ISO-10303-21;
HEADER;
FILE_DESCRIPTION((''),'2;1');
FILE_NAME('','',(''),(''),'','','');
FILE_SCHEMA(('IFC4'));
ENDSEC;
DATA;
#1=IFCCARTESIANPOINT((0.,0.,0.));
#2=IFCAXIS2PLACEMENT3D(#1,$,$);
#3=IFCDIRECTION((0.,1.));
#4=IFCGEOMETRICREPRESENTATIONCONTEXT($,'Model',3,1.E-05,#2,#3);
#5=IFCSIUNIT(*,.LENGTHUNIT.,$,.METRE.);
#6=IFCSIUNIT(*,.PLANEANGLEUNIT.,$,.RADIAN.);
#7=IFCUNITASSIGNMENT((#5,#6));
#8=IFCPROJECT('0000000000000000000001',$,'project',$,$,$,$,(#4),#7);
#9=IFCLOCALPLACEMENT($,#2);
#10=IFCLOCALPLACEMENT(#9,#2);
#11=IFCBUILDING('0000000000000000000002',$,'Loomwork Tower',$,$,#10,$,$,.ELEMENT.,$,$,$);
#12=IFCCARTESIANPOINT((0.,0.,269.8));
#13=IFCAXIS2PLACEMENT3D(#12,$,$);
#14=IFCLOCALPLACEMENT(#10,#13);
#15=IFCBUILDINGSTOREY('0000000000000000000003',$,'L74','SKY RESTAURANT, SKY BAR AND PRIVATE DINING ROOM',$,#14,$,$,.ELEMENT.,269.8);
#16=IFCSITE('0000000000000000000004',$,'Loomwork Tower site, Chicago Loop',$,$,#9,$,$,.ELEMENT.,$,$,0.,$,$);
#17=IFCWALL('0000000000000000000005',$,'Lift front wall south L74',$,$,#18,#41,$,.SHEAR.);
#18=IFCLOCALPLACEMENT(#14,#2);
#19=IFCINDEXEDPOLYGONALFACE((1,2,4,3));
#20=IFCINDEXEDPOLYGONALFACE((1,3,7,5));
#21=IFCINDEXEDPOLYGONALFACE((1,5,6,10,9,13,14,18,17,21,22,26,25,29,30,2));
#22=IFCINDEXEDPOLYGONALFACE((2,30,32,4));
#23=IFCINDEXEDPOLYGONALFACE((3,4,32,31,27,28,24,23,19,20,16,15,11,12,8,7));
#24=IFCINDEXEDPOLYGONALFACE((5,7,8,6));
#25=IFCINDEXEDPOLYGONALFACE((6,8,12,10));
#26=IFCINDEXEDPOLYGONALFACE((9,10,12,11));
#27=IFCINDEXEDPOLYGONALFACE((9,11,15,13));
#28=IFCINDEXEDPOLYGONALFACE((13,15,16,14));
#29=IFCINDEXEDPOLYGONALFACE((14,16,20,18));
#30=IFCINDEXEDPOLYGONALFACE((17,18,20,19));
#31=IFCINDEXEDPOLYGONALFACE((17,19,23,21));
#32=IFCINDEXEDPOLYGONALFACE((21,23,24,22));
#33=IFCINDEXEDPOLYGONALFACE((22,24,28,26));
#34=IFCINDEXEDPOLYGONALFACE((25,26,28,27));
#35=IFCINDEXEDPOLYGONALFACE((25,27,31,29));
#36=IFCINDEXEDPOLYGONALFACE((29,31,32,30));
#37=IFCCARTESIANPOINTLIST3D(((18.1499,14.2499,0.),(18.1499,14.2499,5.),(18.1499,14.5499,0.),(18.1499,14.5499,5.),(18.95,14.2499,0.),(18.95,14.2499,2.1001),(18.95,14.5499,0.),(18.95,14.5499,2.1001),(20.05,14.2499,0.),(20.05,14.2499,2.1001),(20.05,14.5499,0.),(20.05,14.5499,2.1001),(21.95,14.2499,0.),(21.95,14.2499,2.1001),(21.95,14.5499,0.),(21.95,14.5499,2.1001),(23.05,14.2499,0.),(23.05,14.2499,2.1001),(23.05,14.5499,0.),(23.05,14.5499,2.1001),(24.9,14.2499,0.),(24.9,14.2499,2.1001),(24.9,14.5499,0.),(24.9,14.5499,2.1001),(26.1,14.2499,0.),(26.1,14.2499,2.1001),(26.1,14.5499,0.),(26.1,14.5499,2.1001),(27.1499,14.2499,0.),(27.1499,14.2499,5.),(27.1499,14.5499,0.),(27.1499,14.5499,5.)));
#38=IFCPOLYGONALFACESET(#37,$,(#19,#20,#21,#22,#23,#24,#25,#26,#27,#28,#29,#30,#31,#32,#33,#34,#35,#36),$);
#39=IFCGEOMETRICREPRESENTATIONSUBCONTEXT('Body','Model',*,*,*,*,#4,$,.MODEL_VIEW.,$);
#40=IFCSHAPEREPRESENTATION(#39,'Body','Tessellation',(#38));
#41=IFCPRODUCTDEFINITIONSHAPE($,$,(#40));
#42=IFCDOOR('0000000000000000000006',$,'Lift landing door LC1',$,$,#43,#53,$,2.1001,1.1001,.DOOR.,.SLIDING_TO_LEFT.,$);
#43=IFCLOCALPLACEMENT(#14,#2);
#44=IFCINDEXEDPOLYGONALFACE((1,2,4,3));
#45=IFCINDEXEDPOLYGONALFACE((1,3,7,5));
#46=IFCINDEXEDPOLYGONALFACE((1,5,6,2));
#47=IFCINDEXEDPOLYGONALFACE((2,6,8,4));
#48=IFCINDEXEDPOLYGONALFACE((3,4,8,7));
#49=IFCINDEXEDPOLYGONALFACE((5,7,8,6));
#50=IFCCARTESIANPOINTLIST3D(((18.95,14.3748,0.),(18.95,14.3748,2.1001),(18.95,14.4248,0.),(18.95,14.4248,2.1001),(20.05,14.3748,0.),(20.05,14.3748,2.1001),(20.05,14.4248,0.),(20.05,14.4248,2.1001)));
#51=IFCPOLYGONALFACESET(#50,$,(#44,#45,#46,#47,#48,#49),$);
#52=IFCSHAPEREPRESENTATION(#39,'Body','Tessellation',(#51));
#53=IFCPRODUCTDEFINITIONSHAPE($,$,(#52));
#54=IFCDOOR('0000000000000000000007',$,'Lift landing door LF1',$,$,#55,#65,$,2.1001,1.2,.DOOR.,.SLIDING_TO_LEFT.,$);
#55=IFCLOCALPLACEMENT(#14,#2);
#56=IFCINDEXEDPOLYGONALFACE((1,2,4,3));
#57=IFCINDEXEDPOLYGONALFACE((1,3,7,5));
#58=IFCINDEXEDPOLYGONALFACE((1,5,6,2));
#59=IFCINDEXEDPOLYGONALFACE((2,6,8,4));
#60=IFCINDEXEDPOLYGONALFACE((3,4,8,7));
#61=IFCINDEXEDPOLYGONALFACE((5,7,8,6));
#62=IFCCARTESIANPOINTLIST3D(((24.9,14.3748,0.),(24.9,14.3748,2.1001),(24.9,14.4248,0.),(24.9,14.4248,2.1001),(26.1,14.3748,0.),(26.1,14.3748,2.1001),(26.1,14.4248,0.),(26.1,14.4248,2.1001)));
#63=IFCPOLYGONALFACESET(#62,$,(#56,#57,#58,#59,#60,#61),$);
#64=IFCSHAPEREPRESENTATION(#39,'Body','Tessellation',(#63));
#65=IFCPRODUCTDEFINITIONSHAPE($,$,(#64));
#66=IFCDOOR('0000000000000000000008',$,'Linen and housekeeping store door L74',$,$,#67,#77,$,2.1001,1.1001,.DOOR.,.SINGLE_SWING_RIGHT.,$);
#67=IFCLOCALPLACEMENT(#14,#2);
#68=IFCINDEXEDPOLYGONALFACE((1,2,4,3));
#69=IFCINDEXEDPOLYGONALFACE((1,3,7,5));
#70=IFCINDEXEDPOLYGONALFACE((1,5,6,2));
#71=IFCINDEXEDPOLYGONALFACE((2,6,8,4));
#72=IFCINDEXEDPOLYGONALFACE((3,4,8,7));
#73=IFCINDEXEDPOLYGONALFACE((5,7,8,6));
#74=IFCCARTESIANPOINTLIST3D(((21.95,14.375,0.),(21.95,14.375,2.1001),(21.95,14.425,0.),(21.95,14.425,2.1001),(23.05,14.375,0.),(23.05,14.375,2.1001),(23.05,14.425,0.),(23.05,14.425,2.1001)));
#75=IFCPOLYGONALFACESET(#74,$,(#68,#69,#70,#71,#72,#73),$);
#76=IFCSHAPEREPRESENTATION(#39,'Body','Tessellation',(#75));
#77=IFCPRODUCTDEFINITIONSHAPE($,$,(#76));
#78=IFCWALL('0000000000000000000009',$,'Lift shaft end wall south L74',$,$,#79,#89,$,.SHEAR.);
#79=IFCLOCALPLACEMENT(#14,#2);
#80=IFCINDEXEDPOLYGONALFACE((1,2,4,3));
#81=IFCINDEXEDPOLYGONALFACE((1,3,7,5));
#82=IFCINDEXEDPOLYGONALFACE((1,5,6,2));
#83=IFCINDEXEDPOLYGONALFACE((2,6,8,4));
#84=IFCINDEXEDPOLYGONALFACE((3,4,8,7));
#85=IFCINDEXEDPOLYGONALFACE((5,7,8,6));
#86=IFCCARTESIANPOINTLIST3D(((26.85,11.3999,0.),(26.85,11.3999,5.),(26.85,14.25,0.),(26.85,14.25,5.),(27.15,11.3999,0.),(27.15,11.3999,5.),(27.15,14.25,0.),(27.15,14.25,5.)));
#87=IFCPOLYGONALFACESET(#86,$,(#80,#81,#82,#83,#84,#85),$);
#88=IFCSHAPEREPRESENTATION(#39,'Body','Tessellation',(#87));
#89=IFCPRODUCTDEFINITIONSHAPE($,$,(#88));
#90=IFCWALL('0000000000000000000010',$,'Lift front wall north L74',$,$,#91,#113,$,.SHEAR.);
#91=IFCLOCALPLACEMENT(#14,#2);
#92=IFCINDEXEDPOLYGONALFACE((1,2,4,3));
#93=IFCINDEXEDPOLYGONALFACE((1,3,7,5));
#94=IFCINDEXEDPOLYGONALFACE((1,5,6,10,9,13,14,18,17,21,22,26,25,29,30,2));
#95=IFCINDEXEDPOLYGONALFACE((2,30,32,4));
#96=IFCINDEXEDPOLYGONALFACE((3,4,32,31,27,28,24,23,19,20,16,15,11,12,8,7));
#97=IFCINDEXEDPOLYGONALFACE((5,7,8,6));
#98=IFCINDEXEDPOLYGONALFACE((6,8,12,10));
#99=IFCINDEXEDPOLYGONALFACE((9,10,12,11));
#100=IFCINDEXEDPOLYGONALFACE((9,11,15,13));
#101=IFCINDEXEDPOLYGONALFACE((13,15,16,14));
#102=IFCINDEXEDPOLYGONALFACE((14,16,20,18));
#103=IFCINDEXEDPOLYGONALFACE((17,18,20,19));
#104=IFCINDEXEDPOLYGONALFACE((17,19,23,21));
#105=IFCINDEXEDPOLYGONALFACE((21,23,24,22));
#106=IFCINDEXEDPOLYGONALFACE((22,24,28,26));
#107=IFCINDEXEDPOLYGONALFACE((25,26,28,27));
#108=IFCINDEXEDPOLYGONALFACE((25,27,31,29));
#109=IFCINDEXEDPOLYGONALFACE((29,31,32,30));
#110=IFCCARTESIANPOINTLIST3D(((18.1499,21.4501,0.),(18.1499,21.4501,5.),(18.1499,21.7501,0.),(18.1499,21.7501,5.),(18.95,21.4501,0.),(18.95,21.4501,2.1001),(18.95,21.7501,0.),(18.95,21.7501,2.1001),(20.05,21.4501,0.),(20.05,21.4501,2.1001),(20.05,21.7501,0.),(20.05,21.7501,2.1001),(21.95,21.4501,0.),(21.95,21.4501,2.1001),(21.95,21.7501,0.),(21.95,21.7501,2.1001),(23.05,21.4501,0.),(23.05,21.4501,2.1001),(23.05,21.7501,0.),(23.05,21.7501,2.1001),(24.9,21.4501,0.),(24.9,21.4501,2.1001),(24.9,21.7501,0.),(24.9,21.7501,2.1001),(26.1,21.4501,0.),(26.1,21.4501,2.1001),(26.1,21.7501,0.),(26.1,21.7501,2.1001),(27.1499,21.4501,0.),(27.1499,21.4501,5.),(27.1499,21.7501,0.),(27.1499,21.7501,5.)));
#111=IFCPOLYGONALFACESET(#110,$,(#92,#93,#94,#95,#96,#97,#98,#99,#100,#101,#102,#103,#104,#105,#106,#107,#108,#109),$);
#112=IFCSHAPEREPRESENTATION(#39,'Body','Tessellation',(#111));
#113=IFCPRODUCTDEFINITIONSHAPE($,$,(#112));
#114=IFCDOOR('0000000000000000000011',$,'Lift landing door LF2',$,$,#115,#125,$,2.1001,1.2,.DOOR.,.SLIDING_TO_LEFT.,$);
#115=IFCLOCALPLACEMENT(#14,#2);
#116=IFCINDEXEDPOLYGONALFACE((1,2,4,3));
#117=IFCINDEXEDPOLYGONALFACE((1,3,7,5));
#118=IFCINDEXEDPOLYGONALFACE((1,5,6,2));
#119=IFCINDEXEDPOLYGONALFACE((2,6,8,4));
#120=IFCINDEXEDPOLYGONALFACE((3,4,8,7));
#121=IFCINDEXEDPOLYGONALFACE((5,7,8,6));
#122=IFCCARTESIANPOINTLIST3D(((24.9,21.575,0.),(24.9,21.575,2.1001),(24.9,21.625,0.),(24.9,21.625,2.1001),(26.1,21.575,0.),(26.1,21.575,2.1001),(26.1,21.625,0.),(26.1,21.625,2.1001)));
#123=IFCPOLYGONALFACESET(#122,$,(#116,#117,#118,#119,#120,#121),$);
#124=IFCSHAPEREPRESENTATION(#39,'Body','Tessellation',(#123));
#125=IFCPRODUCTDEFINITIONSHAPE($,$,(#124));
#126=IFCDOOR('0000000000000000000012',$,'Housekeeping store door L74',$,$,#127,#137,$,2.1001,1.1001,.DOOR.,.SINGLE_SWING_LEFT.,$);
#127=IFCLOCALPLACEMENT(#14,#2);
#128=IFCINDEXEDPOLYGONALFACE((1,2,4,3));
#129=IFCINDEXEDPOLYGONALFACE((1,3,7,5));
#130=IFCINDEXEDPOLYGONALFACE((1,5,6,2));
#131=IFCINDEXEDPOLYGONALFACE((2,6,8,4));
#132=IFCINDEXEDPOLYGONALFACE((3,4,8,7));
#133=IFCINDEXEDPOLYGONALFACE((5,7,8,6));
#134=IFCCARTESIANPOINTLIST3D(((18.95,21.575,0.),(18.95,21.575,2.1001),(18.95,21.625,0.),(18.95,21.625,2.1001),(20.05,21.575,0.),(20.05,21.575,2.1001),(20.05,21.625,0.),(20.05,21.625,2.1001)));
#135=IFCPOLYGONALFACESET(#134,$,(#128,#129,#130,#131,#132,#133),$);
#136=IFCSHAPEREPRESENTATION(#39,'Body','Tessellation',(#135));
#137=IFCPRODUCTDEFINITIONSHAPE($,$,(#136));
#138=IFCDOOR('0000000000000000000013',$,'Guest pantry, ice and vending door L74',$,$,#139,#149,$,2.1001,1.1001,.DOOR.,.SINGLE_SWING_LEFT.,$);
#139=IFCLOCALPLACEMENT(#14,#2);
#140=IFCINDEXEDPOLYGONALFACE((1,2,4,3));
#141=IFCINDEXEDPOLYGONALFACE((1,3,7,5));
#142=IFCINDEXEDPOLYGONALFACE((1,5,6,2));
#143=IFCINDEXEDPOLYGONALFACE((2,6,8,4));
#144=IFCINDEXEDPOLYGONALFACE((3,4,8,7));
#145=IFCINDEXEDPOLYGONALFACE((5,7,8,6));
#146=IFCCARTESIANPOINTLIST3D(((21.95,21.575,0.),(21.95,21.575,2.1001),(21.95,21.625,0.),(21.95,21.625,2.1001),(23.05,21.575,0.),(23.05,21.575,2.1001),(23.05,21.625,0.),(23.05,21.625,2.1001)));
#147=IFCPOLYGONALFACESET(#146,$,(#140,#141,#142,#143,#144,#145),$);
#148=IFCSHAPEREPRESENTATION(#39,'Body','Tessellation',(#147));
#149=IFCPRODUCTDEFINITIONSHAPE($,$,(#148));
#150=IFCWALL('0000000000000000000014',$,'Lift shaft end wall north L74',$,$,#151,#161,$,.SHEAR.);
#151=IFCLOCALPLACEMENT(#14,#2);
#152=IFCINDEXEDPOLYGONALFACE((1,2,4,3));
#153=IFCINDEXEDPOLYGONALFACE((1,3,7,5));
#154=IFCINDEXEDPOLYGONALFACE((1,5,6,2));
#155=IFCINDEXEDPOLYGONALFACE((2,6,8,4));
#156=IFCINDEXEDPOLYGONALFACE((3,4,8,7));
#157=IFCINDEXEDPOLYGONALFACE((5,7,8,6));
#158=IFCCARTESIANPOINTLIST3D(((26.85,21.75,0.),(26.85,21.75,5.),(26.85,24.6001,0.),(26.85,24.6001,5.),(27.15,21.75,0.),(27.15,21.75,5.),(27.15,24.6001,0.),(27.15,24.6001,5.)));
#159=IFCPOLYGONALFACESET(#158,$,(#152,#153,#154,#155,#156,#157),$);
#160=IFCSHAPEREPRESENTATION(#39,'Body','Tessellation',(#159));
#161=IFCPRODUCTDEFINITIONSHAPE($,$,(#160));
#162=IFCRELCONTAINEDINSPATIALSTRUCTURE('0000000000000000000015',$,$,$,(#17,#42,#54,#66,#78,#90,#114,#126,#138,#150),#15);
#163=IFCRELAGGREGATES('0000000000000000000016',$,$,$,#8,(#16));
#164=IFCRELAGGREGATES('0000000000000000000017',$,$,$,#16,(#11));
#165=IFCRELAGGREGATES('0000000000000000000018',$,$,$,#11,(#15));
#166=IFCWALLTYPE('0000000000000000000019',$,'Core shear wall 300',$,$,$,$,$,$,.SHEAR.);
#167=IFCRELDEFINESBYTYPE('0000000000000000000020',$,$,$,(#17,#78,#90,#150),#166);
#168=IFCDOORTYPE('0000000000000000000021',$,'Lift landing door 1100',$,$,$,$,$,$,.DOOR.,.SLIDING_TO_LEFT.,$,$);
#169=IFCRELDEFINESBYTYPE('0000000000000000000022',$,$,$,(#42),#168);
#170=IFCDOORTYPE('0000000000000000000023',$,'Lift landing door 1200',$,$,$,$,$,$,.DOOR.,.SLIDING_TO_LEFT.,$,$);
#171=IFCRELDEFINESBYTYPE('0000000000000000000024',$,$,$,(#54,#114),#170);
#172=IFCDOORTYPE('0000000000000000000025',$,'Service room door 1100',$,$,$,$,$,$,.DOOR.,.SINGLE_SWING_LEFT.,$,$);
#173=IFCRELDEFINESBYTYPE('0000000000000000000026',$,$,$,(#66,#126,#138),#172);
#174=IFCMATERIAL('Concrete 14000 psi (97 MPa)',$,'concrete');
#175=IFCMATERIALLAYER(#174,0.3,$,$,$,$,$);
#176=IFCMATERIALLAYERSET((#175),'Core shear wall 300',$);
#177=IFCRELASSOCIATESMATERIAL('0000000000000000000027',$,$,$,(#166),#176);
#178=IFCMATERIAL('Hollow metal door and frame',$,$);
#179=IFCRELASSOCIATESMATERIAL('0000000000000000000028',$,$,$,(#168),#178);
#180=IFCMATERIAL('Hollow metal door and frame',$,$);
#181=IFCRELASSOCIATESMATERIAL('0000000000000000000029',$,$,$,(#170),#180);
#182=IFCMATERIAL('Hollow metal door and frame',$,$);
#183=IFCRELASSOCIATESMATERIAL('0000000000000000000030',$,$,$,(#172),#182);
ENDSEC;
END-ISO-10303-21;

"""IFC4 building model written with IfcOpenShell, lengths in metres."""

from ifc_helpers import new_model, si_unit, direction, frame, frame_2d, origin, place, context, subcontext, project, spatial, rectangle, extrude, material, layer, layer_set, type_object, element, fill, save


model = new_model("IFC4")

# Units and contexts
model_context = context("Model", 3, precision=1e-05, world=origin(), true_north=direction((0.0, 1.0)))
body_context = subcontext(model_context, "Body", "Model", "MODEL_VIEW")
ifc_project = project(units=[si_unit("LENGTHUNIT", "METRE"), si_unit("PLANEANGLEUNIT", "RADIAN")], contexts=[model_context])

# Site, building, storey
site_placement = place(None, origin())
site = spatial("IfcSite", under=ifc_project, at=site_placement, Name="Loomwork Tower site, Chicago Loop", CompositionType="ELEMENT", RefElevation=0.0)
building_placement = place(site_placement, origin())
building = spatial("IfcBuilding", under=site, at=building_placement, Name="Loomwork Tower", CompositionType="ELEMENT")
storey_placement = place(building_placement, frame((0.0, 0.0, 269.8)))
storey = spatial("IfcBuildingStorey", under=building, at=storey_placement, Name="L74", Description="SKY RESTAURANT, SKY BAR AND PRIVATE DINING ROOM", CompositionType="ELEMENT", Elevation=269.8)

# Wall, openings, doors
ifc_material_1 = material(Name="Concrete 14000 psi (97 MPa)", Category="concrete")
ifc_layer_1 = layer(ifc_material_1, 0.3)
ifc_layer_set_1 = layer_set([ifc_layer_1], Name="Core shear wall 300")
wall_type_1 = type_object("IfcWallType", Name="Core shear wall 300", PredefinedType="SHEAR", material=ifc_layer_set_1)
wall_1_placement = place(storey_placement, frame((18.1499, 14.3999, 0.0), z_axis=(0.0, 0.0, 1.0), x_axis=(1.0, 0.0, 0.0)))
wall_1 = element("IfcWall", 1, at=wall_1_placement, inside=storey, type_object=wall_type_1, Name="Lift front wall south L74", PredefinedType="SHEAR", context=body_context, shape_type="SweptSolid", body=[
    extrude(rectangle(XDim=9.0, YDim=0.3, at=frame_2d((4.5, 0.0))), origin(), (0.0, 0.0, 1.0), 5.0),
])
opening_1_placement = place(wall_1_placement, frame((0.8, 0.0, 0.0)))
opening_1 = element("IfcOpeningElement", 2, at=opening_1_placement, cuts=wall_1, PredefinedType="OPENING", context=body_context, shape_type="SweptSolid", body=[
    extrude(rectangle(XDim=1.1001, YDim=2.1001, at=frame_2d((0.55, 1.05))), frame((0.0, 0.1599, 0.0), z_axis=(0.0, -1.0, 0.0), x_axis=(1.0, 0.0, 0.0)), (0.0, 0.0, 1.0), 0.3201),
])
opening_2_placement = place(wall_1_placement, frame((6.75, 0.0, 0.0)))
opening_2 = element("IfcOpeningElement", 3, at=opening_2_placement, cuts=wall_1, PredefinedType="OPENING", context=body_context, shape_type="SweptSolid", body=[
    extrude(rectangle(XDim=1.2, YDim=2.1001, at=frame_2d((0.6001, 1.05))), frame((0.0, 0.1599, 0.0), z_axis=(0.0, -1.0, 0.0), x_axis=(1.0, 0.0, 0.0)), (0.0, 0.0, 1.0), 0.3201),
])
opening_3_placement = place(wall_1_placement, frame((3.8, 0.0, 0.0)))
opening_3 = element("IfcOpeningElement", 4, at=opening_3_placement, cuts=wall_1, PredefinedType="OPENING", context=body_context, shape_type="SweptSolid", body=[
    extrude(rectangle(XDim=1.1001, YDim=2.1001, at=frame_2d((0.55, 1.05))), frame((0.0, 0.1599, 0.0), z_axis=(0.0, -1.0, 0.0), x_axis=(1.0, 0.0, 0.0)), (0.0, 0.0, 1.0), 0.3201),
])
ifc_material_2 = material(Name="Hollow metal door and frame")
door_type_1 = type_object("IfcDoorType", Name="Lift landing door 1100", OperationType="SLIDING_TO_LEFT", PredefinedType="DOOR", material=ifc_material_2)
door_1_placement = place(opening_1_placement, origin())
door_1 = element("IfcDoor", 5, at=door_1_placement, inside=storey, type_object=door_type_1, Name="Lift landing door LC1", OperationType="SLIDING_TO_LEFT", OverallHeight=2.1001, OverallWidth=1.1001, PredefinedType="DOOR", context=body_context, shape_type="SweptSolid", body=[
    extrude(rectangle(XDim=1.1001, YDim=2.1001, at=frame_2d((0.55, 1.05))), frame((0.0, 0.0249, 0.0), z_axis=(0.0, -1.0, 0.0), x_axis=(1.0, 0.0, 0.0)), (0.0, 0.0, 1.0), 0.05),
])
fill(opening_1, door_1)
ifc_material_3 = material(Name="Hollow metal door and frame")
door_type_2 = type_object("IfcDoorType", Name="Lift landing door 1200", OperationType="SLIDING_TO_LEFT", PredefinedType="DOOR", material=ifc_material_3)
door_2_placement = place(opening_2_placement, origin())
door_2 = element("IfcDoor", 6, at=door_2_placement, inside=storey, type_object=door_type_2, Name="Lift landing door LF1", OperationType="SLIDING_TO_LEFT", OverallHeight=2.1001, OverallWidth=1.2, PredefinedType="DOOR", context=body_context, shape_type="SweptSolid", body=[
    extrude(rectangle(XDim=1.2, YDim=2.1001, at=frame_2d((0.6001, 1.05))), frame((0.0, 0.0249, 0.0), z_axis=(0.0, -1.0, 0.0), x_axis=(1.0, 0.0, 0.0)), (0.0, 0.0, 1.0), 0.05),
])
fill(opening_2, door_2)
ifc_material_4 = material(Name="Hollow metal door and frame")
door_type_3 = type_object("IfcDoorType", Name="Service room door 1100", OperationType="SINGLE_SWING_LEFT", PredefinedType="DOOR", material=ifc_material_4)
door_3_placement = place(opening_3_placement, frame((1.1001, 0.0, 0.0), z_axis=(0.0, 0.0, 1.0), x_axis=(-1.0, 0.0, 0.0)))
door_3 = element("IfcDoor", 7, at=door_3_placement, inside=storey, type_object=door_type_3, Name="Linen and housekeeping store door L74", OperationType="SINGLE_SWING_RIGHT", OverallHeight=2.1001, OverallWidth=1.1001, PredefinedType="DOOR", context=body_context, shape_type="SweptSolid", body=[
    extrude(rectangle(XDim=1.1001, YDim=2.1001, at=frame_2d((0.55, 1.05))), frame((0.0, 0.0249, 0.0), z_axis=(0.0, -1.0, 0.0), x_axis=(1.0, 0.0, 0.0)), (0.0, 0.0, 1.0), 0.05),
])
fill(opening_3, door_3)

# Wall
wall_2_placement = place(storey_placement, frame((27.0, 11.3999, 0.0), z_axis=(0.0, 0.0, 1.0), x_axis=(0.0, 1.0, 0.0)))
element("IfcWall", 8, at=wall_2_placement, inside=storey, type_object=wall_type_1, Name="Lift shaft end wall south L74", PredefinedType="SHEAR", context=body_context, shape_type="SweptSolid", body=[
    extrude(rectangle(XDim=2.8501, YDim=0.3, at=frame_2d((1.425, 0.0))), origin(), (0.0, 0.0, 1.0), 5.0),
])

# Wall, openings, doors
wall_3_placement = place(storey_placement, frame((18.1499, 21.6001, 0.0), z_axis=(0.0, 0.0, 1.0), x_axis=(1.0, 0.0, 0.0)))
wall_3 = element("IfcWall", 9, at=wall_3_placement, inside=storey, type_object=wall_type_1, Name="Lift front wall north L74", PredefinedType="SHEAR", context=body_context, shape_type="SweptSolid", body=[
    extrude(rectangle(XDim=9.0, YDim=0.3, at=frame_2d((4.5, 0.0))), origin(), (0.0, 0.0, 1.0), 5.0),
])
opening_4_placement = place(wall_3_placement, frame((6.75, 0.0, 0.0)))
opening_4 = element("IfcOpeningElement", 10, at=opening_4_placement, cuts=wall_3, PredefinedType="OPENING", context=body_context, shape_type="SweptSolid", body=[
    extrude(rectangle(XDim=1.2, YDim=2.1001, at=frame_2d((0.6001, 1.05))), frame((0.0, 0.1599, 0.0), z_axis=(0.0, -1.0, 0.0), x_axis=(1.0, 0.0, 0.0)), (0.0, 0.0, 1.0), 0.3201),
])
opening_5_placement = place(wall_3_placement, frame((0.8, 0.0, 0.0)))
opening_5 = element("IfcOpeningElement", 11, at=opening_5_placement, cuts=wall_3, PredefinedType="OPENING", context=body_context, shape_type="SweptSolid", body=[
    extrude(rectangle(XDim=1.1001, YDim=2.1001, at=frame_2d((0.55, 1.05))), frame((0.0, 0.1599, 0.0), z_axis=(0.0, -1.0, 0.0), x_axis=(1.0, 0.0, 0.0)), (0.0, 0.0, 1.0), 0.3201),
])
opening_6_placement = place(wall_3_placement, frame((3.8, 0.0, 0.0)))
opening_6 = element("IfcOpeningElement", 12, at=opening_6_placement, cuts=wall_3, PredefinedType="OPENING", context=body_context, shape_type="SweptSolid", body=[
    extrude(rectangle(XDim=1.1001, YDim=2.1001, at=frame_2d((0.55, 1.05))), frame((0.0, 0.1599, 0.0), z_axis=(0.0, -1.0, 0.0), x_axis=(1.0, 0.0, 0.0)), (0.0, 0.0, 1.0), 0.3201),
])
door_4_placement = place(opening_4_placement, origin())
door_4 = element("IfcDoor", 13, at=door_4_placement, inside=storey, type_object=door_type_2, Name="Lift landing door LF2", OperationType="SLIDING_TO_LEFT", OverallHeight=2.1001, OverallWidth=1.2, PredefinedType="DOOR", context=body_context, shape_type="SweptSolid", body=[
    extrude(rectangle(XDim=1.2, YDim=2.1001, at=frame_2d((0.6001, 1.05))), frame((0.0, 0.0249, 0.0), z_axis=(0.0, -1.0, 0.0), x_axis=(1.0, 0.0, 0.0)), (0.0, 0.0, 1.0), 0.05),
])
fill(opening_4, door_4)
door_5_placement = place(opening_5_placement, origin())
door_5 = element("IfcDoor", 14, at=door_5_placement, inside=storey, type_object=door_type_3, Name="Housekeeping store door L74", OperationType="SINGLE_SWING_LEFT", OverallHeight=2.1001, OverallWidth=1.1001, PredefinedType="DOOR", context=body_context, shape_type="SweptSolid", body=[
    extrude(rectangle(XDim=1.1001, YDim=2.1001, at=frame_2d((0.55, 1.05))), frame((0.0, 0.0249, 0.0), z_axis=(0.0, -1.0, 0.0), x_axis=(1.0, 0.0, 0.0)), (0.0, 0.0, 1.0), 0.05),
])
fill(opening_5, door_5)
door_6_placement = place(opening_6_placement, origin())
door_6 = element("IfcDoor", 15, at=door_6_placement, inside=storey, type_object=door_type_3, Name="Guest pantry, ice and vending door L74", OperationType="SINGLE_SWING_LEFT", OverallHeight=2.1001, OverallWidth=1.1001, PredefinedType="DOOR", context=body_context, shape_type="SweptSolid", body=[
    extrude(rectangle(XDim=1.1001, YDim=2.1001, at=frame_2d((0.55, 1.05))), frame((0.0, 0.0249, 0.0), z_axis=(0.0, -1.0, 0.0), x_axis=(1.0, 0.0, 0.0)), (0.0, 0.0, 1.0), 0.05),
])
fill(opening_6, door_6)

# Wall
wall_4_placement = place(storey_placement, frame((27.0, 21.75, 0.0), z_axis=(0.0, 0.0, 1.0), x_axis=(0.0, 1.0, 0.0)))
element("IfcWall", 16, at=wall_4_placement, inside=storey, type_object=wall_type_1, Name="Lift shaft end wall north L74", PredefinedType="SHEAR", context=body_context, shape_type="SweptSolid", body=[
    extrude(rectangle(XDim=2.8501, YDim=0.3, at=frame_2d((1.425, 0.0))), origin(), (0.0, 0.0, 1.0), 5.0),
])

save(model, "model.ifc")
